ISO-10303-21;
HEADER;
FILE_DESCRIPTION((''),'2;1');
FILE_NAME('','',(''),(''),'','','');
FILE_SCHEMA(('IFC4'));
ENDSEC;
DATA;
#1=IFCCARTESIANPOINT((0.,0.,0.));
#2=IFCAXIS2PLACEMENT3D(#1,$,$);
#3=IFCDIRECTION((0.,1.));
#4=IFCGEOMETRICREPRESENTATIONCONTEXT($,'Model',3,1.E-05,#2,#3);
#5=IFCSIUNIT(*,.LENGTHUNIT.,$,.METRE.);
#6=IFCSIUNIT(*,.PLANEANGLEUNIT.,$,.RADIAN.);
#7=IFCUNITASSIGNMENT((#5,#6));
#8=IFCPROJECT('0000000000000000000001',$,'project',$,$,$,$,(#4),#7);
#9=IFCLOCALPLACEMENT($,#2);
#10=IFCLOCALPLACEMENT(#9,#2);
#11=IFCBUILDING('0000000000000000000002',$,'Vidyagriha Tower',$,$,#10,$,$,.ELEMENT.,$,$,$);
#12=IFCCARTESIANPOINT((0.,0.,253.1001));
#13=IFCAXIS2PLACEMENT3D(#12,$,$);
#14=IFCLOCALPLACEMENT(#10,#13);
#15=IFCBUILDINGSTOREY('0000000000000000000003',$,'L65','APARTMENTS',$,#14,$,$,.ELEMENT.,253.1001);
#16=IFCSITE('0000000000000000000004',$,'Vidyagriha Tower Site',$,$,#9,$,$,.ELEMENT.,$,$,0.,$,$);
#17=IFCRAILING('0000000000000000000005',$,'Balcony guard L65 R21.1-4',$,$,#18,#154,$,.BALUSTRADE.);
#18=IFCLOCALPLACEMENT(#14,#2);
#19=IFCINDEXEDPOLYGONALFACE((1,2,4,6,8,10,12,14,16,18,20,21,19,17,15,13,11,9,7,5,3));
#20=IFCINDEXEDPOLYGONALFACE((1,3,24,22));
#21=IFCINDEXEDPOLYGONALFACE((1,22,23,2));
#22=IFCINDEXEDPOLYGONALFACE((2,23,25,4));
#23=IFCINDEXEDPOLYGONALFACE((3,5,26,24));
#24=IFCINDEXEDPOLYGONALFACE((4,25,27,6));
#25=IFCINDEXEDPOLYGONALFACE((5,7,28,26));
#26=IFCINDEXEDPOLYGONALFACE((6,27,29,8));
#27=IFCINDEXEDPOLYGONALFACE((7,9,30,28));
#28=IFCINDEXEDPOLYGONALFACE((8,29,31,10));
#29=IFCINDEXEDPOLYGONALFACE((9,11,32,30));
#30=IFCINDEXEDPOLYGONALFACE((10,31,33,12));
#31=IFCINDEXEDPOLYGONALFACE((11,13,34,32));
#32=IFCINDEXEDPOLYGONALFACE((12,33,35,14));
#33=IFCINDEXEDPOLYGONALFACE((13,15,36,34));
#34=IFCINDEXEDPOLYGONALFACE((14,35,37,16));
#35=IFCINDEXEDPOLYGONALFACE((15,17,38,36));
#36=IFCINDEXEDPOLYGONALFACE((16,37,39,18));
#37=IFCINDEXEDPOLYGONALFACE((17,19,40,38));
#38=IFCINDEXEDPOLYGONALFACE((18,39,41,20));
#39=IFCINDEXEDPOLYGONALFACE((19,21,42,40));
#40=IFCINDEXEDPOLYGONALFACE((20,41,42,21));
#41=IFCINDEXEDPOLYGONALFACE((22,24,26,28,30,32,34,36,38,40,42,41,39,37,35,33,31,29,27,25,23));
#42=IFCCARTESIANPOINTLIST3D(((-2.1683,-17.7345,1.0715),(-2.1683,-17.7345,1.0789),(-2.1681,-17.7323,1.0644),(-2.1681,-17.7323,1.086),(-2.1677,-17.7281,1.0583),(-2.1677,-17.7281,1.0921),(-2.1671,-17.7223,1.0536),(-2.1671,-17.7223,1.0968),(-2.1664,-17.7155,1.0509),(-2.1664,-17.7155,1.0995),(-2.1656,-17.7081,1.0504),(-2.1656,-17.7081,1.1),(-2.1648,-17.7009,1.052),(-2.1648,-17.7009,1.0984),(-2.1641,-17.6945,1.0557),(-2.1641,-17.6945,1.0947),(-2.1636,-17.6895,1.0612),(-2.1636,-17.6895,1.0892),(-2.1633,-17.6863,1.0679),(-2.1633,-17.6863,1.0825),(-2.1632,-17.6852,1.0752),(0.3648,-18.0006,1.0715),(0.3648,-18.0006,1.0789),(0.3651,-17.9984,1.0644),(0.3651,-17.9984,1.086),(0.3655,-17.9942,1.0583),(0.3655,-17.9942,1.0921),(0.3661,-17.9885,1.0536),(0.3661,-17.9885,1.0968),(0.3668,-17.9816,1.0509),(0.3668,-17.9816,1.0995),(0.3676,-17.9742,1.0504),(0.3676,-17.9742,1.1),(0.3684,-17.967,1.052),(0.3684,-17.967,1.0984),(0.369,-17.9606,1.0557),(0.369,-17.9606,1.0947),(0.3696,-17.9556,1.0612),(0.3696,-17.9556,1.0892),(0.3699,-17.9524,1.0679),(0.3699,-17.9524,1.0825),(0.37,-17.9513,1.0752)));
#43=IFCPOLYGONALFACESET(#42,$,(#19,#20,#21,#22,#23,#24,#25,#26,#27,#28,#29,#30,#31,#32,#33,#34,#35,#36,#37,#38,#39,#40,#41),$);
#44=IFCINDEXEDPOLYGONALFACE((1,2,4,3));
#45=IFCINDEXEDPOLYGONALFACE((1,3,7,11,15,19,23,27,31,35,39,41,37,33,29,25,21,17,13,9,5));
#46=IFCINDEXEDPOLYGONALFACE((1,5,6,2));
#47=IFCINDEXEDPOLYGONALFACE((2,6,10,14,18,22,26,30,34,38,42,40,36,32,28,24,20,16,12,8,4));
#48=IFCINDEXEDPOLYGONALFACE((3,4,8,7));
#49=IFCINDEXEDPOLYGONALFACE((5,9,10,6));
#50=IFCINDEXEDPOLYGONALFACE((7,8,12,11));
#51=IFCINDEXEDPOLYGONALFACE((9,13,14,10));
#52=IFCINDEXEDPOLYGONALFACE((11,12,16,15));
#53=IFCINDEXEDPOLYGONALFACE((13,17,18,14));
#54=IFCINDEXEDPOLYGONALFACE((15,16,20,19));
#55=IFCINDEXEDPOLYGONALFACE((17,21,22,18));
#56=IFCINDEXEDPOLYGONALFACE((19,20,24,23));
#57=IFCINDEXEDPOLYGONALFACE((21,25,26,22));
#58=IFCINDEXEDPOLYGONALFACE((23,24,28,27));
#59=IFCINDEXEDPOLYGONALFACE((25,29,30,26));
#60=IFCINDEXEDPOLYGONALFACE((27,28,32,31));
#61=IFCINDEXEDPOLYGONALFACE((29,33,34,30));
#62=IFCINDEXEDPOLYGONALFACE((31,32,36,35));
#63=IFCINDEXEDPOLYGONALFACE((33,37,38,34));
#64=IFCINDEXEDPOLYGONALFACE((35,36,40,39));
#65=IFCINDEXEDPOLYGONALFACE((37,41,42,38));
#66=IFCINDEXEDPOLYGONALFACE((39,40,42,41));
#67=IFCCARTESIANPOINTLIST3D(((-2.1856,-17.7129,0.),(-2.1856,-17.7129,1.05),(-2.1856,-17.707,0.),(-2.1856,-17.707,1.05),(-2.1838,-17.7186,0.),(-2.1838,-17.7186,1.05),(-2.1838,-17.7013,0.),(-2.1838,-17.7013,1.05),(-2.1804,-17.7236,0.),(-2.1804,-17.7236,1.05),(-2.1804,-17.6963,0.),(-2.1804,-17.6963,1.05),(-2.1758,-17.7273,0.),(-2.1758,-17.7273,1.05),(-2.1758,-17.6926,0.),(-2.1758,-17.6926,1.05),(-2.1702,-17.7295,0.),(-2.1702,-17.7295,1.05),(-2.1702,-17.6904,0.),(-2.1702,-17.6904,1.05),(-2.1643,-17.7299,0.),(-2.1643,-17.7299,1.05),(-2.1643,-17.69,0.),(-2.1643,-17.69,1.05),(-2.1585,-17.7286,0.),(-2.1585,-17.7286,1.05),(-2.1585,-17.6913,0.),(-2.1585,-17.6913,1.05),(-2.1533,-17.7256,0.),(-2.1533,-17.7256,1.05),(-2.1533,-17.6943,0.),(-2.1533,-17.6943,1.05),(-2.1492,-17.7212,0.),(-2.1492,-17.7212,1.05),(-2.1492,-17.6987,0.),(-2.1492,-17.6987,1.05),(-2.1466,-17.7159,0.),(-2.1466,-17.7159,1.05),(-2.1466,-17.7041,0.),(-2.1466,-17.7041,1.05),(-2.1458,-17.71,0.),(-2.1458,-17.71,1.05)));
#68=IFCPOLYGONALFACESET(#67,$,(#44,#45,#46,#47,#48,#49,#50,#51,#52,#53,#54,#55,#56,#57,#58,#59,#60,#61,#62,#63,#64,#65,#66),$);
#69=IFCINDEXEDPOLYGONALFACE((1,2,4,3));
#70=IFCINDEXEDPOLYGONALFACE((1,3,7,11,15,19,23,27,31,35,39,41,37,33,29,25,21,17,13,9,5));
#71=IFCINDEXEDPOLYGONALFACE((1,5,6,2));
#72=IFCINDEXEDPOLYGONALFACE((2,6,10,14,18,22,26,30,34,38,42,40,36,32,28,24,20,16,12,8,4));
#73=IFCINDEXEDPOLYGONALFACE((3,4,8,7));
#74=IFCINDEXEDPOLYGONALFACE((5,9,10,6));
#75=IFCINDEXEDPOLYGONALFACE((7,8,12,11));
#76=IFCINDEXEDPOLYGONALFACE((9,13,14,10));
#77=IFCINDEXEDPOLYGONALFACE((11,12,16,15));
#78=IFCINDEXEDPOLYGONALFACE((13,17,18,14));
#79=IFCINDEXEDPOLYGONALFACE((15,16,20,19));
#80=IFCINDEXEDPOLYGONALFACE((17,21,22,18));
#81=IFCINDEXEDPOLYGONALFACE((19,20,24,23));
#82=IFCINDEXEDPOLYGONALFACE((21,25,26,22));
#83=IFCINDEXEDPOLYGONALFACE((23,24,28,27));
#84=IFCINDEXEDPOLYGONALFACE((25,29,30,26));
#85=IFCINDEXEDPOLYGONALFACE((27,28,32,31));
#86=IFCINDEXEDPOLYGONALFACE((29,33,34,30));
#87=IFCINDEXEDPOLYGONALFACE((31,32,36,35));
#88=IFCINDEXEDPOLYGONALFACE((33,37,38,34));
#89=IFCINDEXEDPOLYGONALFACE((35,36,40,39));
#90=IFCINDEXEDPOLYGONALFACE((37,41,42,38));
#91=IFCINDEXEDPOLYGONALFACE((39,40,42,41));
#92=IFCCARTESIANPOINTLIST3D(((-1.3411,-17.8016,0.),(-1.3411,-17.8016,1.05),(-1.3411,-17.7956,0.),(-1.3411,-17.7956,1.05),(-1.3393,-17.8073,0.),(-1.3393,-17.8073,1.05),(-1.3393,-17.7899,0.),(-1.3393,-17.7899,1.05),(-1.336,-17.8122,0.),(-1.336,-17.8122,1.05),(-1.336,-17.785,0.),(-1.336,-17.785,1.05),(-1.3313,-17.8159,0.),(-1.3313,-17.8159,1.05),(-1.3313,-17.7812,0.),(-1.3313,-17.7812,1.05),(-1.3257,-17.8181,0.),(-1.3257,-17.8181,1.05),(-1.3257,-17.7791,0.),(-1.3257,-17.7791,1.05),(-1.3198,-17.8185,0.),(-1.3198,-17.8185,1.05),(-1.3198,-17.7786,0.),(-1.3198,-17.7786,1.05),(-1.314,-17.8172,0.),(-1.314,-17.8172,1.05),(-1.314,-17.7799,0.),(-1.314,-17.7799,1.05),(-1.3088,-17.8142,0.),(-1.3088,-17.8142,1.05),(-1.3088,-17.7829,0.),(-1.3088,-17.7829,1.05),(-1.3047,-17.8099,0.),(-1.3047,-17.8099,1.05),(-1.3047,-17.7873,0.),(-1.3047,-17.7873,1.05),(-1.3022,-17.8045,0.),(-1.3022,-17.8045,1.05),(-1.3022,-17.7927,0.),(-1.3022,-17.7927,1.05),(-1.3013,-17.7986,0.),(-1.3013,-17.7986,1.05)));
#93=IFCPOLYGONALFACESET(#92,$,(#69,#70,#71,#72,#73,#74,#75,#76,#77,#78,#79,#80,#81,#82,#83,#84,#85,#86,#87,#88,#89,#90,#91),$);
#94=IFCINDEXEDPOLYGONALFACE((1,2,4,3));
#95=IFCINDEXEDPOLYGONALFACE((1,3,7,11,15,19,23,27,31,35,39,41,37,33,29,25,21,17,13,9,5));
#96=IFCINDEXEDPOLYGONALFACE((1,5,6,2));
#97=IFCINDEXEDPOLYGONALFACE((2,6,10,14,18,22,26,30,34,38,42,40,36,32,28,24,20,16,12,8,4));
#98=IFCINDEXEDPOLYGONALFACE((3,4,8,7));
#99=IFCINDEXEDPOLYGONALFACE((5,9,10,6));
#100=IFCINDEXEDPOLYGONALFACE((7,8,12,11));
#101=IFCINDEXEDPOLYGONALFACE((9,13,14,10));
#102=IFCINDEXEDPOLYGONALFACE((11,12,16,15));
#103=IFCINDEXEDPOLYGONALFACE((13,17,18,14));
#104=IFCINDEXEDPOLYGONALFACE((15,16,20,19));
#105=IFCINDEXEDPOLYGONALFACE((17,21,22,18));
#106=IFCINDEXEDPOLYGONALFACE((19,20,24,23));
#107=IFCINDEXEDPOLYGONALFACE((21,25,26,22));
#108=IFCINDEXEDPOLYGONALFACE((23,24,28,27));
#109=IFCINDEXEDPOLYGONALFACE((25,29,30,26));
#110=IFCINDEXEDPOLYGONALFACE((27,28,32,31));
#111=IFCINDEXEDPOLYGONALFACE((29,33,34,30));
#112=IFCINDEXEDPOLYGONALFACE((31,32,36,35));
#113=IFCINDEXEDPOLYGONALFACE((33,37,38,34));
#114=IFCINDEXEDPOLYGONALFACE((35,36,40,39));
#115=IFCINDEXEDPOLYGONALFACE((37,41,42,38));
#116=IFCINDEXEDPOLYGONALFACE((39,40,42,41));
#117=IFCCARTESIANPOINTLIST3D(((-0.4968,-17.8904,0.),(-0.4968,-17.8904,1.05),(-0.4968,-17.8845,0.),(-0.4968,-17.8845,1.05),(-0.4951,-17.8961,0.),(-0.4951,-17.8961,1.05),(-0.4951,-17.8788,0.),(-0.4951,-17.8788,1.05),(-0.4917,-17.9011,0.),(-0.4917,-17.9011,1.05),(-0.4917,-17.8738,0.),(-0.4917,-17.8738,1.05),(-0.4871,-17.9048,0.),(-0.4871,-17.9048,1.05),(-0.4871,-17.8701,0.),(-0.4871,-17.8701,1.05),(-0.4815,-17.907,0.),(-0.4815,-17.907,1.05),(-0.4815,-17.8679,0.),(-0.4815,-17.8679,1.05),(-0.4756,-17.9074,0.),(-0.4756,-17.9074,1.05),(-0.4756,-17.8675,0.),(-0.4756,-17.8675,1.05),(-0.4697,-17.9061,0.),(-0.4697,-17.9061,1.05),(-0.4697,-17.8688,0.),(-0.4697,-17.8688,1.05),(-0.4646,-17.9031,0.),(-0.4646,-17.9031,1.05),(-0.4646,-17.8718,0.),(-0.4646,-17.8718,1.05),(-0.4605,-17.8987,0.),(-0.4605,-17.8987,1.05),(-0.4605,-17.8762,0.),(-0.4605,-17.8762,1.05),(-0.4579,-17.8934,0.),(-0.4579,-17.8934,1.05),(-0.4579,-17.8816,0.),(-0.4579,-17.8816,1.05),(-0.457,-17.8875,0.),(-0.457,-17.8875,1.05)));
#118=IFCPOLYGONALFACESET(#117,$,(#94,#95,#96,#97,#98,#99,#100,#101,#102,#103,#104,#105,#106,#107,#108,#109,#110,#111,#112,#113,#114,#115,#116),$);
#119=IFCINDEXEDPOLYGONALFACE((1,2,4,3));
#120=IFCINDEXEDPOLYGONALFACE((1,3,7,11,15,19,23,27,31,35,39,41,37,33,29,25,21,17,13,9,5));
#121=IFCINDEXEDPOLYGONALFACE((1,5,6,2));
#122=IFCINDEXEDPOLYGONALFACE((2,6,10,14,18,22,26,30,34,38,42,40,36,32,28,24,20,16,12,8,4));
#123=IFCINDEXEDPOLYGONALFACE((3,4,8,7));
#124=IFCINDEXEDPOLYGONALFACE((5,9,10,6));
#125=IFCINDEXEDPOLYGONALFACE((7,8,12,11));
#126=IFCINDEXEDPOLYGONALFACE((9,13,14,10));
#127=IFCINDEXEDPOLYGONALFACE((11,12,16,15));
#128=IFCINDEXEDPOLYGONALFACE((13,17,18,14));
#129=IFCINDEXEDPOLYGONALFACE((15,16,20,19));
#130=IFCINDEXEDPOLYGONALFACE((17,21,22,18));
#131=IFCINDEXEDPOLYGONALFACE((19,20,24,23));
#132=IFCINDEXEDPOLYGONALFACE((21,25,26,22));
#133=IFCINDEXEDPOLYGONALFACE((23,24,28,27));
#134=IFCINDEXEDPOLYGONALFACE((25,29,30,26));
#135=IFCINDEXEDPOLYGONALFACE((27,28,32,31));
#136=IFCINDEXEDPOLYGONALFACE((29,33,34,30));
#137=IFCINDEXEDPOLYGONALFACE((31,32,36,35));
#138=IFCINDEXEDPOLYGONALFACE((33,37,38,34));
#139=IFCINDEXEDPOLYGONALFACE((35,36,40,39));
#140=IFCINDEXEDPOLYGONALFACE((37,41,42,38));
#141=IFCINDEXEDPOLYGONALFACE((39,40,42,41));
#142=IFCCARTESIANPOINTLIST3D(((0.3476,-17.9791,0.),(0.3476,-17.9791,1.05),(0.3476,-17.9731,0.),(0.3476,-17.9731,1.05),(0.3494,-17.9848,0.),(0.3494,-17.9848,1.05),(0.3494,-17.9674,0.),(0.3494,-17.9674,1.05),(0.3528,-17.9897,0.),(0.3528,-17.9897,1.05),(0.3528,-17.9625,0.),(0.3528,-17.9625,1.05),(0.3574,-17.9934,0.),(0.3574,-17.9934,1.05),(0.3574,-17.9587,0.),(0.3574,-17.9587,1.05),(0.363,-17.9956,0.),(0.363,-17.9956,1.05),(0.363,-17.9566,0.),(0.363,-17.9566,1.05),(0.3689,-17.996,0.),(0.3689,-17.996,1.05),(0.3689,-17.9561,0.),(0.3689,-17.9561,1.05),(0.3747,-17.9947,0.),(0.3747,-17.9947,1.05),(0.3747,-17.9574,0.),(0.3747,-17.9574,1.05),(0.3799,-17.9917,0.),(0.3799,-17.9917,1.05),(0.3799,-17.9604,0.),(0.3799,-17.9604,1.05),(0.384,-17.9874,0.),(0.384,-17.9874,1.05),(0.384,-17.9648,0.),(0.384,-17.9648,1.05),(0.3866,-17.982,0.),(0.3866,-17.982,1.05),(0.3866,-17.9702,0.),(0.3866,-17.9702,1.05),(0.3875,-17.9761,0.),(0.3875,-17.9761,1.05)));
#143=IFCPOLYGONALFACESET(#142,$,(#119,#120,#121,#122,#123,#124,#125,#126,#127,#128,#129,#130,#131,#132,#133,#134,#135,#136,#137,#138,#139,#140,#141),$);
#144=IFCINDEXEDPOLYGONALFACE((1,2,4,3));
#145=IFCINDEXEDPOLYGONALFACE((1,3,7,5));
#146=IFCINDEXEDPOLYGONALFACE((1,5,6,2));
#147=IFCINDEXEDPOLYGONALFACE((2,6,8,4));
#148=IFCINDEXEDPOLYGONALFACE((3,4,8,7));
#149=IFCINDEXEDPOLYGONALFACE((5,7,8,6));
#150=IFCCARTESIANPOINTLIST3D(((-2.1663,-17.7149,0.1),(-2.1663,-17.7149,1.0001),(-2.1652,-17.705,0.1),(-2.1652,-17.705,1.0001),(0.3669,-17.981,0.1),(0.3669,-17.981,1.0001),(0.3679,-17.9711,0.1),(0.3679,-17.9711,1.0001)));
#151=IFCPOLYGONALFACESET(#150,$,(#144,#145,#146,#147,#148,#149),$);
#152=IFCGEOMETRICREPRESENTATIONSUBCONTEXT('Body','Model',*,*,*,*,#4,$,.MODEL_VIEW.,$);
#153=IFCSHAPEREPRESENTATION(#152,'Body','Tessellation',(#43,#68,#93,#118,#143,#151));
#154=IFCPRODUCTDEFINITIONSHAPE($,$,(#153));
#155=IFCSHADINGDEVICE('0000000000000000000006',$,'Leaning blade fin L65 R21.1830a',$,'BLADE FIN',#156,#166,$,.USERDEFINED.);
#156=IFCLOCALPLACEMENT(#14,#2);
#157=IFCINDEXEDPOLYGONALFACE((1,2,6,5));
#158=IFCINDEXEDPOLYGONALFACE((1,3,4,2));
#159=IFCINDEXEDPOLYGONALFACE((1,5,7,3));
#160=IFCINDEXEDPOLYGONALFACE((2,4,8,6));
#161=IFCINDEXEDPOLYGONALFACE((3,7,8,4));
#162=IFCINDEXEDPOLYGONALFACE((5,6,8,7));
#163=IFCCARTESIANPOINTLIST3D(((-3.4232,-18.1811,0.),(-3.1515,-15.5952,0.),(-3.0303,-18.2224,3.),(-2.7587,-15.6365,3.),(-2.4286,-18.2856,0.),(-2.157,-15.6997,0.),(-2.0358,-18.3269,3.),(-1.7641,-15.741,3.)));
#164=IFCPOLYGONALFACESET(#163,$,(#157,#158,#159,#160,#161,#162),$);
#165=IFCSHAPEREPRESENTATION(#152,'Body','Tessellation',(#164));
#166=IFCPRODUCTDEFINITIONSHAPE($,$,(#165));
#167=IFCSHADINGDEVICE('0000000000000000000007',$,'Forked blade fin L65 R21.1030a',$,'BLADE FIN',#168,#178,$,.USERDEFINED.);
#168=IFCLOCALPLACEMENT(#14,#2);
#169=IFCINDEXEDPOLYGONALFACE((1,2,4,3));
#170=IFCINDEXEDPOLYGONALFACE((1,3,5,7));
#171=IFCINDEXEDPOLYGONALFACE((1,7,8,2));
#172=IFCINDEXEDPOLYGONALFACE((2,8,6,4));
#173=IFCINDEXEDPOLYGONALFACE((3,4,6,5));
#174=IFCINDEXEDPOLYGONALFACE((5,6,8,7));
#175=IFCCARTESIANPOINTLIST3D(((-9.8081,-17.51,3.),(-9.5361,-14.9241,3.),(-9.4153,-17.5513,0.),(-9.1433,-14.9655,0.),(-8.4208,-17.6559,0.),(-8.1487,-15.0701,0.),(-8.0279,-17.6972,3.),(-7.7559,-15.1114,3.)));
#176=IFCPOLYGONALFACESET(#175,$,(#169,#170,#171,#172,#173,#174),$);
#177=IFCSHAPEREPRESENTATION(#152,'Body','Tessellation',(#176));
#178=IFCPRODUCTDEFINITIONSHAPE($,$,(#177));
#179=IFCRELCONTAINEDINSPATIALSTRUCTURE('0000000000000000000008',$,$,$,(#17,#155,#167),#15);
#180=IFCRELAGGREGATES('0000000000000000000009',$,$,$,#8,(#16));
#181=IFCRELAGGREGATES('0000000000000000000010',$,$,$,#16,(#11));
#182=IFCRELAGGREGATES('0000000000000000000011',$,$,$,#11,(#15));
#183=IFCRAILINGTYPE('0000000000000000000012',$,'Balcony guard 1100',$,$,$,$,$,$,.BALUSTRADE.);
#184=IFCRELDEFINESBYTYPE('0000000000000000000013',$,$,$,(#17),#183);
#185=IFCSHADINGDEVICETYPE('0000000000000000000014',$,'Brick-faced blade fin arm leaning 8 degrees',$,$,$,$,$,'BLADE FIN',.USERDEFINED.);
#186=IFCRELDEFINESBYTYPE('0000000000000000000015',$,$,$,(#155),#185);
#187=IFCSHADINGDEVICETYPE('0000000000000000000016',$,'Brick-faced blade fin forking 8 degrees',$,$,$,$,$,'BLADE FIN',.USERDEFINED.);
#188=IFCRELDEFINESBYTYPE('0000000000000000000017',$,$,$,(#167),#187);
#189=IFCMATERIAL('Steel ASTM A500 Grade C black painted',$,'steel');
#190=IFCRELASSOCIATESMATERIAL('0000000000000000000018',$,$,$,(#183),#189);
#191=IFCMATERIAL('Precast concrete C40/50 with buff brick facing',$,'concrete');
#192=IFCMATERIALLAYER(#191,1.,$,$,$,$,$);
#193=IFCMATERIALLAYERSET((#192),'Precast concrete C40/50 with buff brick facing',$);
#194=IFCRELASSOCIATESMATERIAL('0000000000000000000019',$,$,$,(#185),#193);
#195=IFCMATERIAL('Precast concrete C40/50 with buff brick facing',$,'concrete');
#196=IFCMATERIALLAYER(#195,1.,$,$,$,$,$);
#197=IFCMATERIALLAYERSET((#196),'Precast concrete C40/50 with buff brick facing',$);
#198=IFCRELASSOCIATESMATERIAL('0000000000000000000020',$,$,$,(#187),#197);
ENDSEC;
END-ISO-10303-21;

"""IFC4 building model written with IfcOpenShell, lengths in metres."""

from ifc_helpers import new_model, si_unit, direction, frame, origin, origin_2d, place, context, subcontext, project, spatial, polyline, rectangle, circle, outline, extrude, material, layer, layer_set, type_object, element, save


model = new_model("IFC4")

# Units and contexts
model_context = context("Model", 3, precision=1e-05, world=origin(), true_north=direction((0.0, 1.0)))
body_context = subcontext(model_context, "Body", "Model", "MODEL_VIEW")
ifc_project = project(units=[si_unit("LENGTHUNIT", "METRE"), si_unit("PLANEANGLEUNIT", "RADIAN")], contexts=[model_context])

# Site, building, storey
site_placement = place(None, origin())
site = spatial("IfcSite", under=ifc_project, at=site_placement, Name="Vidyagriha Tower Site", CompositionType="ELEMENT", RefElevation=0.0)
building_placement = place(site_placement, origin())
building = spatial("IfcBuilding", under=site, at=building_placement, Name="Vidyagriha Tower", CompositionType="ELEMENT")
storey_placement = place(building_placement, frame((0.0, 0.0, 253.1001)))
storey = spatial("IfcBuildingStorey", under=building, at=storey_placement, Name="L65", Description="APARTMENTS", CompositionType="ELEMENT", Elevation=253.1001)

# Railing
ifc_material_1 = material(Name="Steel ASTM A500 Grade C black painted", Category="steel")
railing_type = type_object("IfcRailingType", Name="Balcony guard 1100", PredefinedType="BALUSTRADE", material=ifc_material_1)
railing_1_placement = place(storey_placement, frame((-2.1658, -17.71, 0.0)))
element("IfcRailing", 1, at=railing_1_placement, inside=storey, type_object=railing_type, Name="Balcony guard L65 R21.1-4", PredefinedType="BALUSTRADE", context=body_context, shape_type="SweptSolid", body=[
    extrude(circle(Radius=0.0249, at=origin_2d()), frame((0.0, 0.0, 1.0752), z_axis=(0.994527, -0.104475, 0.0), x_axis=(0.104475, 0.994527, 0.0)), (0.0, 0.0, 1.0), 2.5471),
    extrude(circle(Radius=0.02, at=origin_2d()), origin(), (0.0, 0.0, 1.0), 1.05),
    extrude(circle(Radius=0.02, at=origin_2d()), frame((0.8445, -0.0886, 0.0)), (0.0, 0.0, 1.0), 1.05),
    extrude(circle(Radius=0.02, at=origin_2d()), frame((1.6887, -0.1775, 0.0)), (0.0, 0.0, 1.0), 1.05),
    extrude(circle(Radius=0.02, at=origin_2d()), frame((2.5332, -0.2661, 0.0)), (0.0, 0.0, 1.0), 1.05),
    extrude(rectangle(XDim=0.01, YDim=0.9001, at=origin_2d()), frame((0.0, 0.0, 0.55), z_axis=(0.994527, -0.104475, 0.0), x_axis=(0.104475, 0.994527, 0.0)), (0.0, 0.0, 1.0), 2.5471),
])

# Shading devices
ifc_material_2 = material(Name="Precast concrete C40/50 with buff brick facing", Category="concrete")
ifc_layer_1 = layer(ifc_material_2, 1.0)
ifc_layer_set_1 = layer_set([ifc_layer_1], Name="Precast concrete C40/50 with buff brick facing")
shading_device_type_1 = type_object("IfcShadingDeviceType", Name="Brick-faced blade fin arm leaning 8 degrees", ElementType="BLADE FIN", PredefinedType="USERDEFINED", material=ifc_layer_set_1)
shading_device_1_placement = place(storey_placement, frame((-3.2874, -16.8882, 0.0), z_axis=(0.0, 0.0, 1.0), x_axis=(0.994527, -0.104475, 0.0)))
element("IfcShadingDevice", 2, at=shading_device_1_placement, inside=storey, type_object=shading_device_type_1, Name="Leaning blade fin L65 R21.1830a", ObjectType="BLADE FIN", PredefinedType="USERDEFINED", context=body_context, shape_type="SweptSolid", body=[
    extrude(outline(polyline([(0.0, 0.0), (1.0, 0.0), (1.395, 3.0), (0.395, 3.0), (0.0, 0.0)])), frame((0.0, 1.3, 0.0), z_axis=(0.0, -1.0, 0.0), x_axis=(1.0, 0.0, 0.0)), (0.0, 0.0, 1.0), 2.6001),
])
ifc_material_3 = material(Name="Precast concrete C40/50 with buff brick facing", Category="concrete")
ifc_layer_2 = layer(ifc_material_3, 1.0)
ifc_layer_set_2 = layer_set([ifc_layer_2], Name="Precast concrete C40/50 with buff brick facing")
shading_device_type_2 = type_object("IfcShadingDeviceType", Name="Brick-faced blade fin forking 8 degrees", ElementType="BLADE FIN", PredefinedType="USERDEFINED", material=ifc_layer_set_2)
shading_device_2_placement = place(storey_placement, frame((-9.6721, -16.217, 0.0), z_axis=(0.0, 0.0, 1.0), x_axis=(0.994512, -0.104621, 0.0)))
element("IfcShadingDevice", 3, at=shading_device_2_placement, inside=storey, type_object=shading_device_type_2, Name="Forked blade fin L65 R21.1030a", ObjectType="BLADE FIN", PredefinedType="USERDEFINED", context=body_context, shape_type="SweptSolid", body=[
    extrude(outline(polyline([(0.395, 0.0), (1.395, 0.0), (1.79, 3.0), (0.0, 3.0), (0.395, 0.0)])), frame((0.0, 1.3, 0.0), z_axis=(0.0, -1.0, 0.0), x_axis=(1.0, 0.0, 0.0)), (0.0, 0.0, 1.0), 2.6001),
])

save(model, "model.ifc")
